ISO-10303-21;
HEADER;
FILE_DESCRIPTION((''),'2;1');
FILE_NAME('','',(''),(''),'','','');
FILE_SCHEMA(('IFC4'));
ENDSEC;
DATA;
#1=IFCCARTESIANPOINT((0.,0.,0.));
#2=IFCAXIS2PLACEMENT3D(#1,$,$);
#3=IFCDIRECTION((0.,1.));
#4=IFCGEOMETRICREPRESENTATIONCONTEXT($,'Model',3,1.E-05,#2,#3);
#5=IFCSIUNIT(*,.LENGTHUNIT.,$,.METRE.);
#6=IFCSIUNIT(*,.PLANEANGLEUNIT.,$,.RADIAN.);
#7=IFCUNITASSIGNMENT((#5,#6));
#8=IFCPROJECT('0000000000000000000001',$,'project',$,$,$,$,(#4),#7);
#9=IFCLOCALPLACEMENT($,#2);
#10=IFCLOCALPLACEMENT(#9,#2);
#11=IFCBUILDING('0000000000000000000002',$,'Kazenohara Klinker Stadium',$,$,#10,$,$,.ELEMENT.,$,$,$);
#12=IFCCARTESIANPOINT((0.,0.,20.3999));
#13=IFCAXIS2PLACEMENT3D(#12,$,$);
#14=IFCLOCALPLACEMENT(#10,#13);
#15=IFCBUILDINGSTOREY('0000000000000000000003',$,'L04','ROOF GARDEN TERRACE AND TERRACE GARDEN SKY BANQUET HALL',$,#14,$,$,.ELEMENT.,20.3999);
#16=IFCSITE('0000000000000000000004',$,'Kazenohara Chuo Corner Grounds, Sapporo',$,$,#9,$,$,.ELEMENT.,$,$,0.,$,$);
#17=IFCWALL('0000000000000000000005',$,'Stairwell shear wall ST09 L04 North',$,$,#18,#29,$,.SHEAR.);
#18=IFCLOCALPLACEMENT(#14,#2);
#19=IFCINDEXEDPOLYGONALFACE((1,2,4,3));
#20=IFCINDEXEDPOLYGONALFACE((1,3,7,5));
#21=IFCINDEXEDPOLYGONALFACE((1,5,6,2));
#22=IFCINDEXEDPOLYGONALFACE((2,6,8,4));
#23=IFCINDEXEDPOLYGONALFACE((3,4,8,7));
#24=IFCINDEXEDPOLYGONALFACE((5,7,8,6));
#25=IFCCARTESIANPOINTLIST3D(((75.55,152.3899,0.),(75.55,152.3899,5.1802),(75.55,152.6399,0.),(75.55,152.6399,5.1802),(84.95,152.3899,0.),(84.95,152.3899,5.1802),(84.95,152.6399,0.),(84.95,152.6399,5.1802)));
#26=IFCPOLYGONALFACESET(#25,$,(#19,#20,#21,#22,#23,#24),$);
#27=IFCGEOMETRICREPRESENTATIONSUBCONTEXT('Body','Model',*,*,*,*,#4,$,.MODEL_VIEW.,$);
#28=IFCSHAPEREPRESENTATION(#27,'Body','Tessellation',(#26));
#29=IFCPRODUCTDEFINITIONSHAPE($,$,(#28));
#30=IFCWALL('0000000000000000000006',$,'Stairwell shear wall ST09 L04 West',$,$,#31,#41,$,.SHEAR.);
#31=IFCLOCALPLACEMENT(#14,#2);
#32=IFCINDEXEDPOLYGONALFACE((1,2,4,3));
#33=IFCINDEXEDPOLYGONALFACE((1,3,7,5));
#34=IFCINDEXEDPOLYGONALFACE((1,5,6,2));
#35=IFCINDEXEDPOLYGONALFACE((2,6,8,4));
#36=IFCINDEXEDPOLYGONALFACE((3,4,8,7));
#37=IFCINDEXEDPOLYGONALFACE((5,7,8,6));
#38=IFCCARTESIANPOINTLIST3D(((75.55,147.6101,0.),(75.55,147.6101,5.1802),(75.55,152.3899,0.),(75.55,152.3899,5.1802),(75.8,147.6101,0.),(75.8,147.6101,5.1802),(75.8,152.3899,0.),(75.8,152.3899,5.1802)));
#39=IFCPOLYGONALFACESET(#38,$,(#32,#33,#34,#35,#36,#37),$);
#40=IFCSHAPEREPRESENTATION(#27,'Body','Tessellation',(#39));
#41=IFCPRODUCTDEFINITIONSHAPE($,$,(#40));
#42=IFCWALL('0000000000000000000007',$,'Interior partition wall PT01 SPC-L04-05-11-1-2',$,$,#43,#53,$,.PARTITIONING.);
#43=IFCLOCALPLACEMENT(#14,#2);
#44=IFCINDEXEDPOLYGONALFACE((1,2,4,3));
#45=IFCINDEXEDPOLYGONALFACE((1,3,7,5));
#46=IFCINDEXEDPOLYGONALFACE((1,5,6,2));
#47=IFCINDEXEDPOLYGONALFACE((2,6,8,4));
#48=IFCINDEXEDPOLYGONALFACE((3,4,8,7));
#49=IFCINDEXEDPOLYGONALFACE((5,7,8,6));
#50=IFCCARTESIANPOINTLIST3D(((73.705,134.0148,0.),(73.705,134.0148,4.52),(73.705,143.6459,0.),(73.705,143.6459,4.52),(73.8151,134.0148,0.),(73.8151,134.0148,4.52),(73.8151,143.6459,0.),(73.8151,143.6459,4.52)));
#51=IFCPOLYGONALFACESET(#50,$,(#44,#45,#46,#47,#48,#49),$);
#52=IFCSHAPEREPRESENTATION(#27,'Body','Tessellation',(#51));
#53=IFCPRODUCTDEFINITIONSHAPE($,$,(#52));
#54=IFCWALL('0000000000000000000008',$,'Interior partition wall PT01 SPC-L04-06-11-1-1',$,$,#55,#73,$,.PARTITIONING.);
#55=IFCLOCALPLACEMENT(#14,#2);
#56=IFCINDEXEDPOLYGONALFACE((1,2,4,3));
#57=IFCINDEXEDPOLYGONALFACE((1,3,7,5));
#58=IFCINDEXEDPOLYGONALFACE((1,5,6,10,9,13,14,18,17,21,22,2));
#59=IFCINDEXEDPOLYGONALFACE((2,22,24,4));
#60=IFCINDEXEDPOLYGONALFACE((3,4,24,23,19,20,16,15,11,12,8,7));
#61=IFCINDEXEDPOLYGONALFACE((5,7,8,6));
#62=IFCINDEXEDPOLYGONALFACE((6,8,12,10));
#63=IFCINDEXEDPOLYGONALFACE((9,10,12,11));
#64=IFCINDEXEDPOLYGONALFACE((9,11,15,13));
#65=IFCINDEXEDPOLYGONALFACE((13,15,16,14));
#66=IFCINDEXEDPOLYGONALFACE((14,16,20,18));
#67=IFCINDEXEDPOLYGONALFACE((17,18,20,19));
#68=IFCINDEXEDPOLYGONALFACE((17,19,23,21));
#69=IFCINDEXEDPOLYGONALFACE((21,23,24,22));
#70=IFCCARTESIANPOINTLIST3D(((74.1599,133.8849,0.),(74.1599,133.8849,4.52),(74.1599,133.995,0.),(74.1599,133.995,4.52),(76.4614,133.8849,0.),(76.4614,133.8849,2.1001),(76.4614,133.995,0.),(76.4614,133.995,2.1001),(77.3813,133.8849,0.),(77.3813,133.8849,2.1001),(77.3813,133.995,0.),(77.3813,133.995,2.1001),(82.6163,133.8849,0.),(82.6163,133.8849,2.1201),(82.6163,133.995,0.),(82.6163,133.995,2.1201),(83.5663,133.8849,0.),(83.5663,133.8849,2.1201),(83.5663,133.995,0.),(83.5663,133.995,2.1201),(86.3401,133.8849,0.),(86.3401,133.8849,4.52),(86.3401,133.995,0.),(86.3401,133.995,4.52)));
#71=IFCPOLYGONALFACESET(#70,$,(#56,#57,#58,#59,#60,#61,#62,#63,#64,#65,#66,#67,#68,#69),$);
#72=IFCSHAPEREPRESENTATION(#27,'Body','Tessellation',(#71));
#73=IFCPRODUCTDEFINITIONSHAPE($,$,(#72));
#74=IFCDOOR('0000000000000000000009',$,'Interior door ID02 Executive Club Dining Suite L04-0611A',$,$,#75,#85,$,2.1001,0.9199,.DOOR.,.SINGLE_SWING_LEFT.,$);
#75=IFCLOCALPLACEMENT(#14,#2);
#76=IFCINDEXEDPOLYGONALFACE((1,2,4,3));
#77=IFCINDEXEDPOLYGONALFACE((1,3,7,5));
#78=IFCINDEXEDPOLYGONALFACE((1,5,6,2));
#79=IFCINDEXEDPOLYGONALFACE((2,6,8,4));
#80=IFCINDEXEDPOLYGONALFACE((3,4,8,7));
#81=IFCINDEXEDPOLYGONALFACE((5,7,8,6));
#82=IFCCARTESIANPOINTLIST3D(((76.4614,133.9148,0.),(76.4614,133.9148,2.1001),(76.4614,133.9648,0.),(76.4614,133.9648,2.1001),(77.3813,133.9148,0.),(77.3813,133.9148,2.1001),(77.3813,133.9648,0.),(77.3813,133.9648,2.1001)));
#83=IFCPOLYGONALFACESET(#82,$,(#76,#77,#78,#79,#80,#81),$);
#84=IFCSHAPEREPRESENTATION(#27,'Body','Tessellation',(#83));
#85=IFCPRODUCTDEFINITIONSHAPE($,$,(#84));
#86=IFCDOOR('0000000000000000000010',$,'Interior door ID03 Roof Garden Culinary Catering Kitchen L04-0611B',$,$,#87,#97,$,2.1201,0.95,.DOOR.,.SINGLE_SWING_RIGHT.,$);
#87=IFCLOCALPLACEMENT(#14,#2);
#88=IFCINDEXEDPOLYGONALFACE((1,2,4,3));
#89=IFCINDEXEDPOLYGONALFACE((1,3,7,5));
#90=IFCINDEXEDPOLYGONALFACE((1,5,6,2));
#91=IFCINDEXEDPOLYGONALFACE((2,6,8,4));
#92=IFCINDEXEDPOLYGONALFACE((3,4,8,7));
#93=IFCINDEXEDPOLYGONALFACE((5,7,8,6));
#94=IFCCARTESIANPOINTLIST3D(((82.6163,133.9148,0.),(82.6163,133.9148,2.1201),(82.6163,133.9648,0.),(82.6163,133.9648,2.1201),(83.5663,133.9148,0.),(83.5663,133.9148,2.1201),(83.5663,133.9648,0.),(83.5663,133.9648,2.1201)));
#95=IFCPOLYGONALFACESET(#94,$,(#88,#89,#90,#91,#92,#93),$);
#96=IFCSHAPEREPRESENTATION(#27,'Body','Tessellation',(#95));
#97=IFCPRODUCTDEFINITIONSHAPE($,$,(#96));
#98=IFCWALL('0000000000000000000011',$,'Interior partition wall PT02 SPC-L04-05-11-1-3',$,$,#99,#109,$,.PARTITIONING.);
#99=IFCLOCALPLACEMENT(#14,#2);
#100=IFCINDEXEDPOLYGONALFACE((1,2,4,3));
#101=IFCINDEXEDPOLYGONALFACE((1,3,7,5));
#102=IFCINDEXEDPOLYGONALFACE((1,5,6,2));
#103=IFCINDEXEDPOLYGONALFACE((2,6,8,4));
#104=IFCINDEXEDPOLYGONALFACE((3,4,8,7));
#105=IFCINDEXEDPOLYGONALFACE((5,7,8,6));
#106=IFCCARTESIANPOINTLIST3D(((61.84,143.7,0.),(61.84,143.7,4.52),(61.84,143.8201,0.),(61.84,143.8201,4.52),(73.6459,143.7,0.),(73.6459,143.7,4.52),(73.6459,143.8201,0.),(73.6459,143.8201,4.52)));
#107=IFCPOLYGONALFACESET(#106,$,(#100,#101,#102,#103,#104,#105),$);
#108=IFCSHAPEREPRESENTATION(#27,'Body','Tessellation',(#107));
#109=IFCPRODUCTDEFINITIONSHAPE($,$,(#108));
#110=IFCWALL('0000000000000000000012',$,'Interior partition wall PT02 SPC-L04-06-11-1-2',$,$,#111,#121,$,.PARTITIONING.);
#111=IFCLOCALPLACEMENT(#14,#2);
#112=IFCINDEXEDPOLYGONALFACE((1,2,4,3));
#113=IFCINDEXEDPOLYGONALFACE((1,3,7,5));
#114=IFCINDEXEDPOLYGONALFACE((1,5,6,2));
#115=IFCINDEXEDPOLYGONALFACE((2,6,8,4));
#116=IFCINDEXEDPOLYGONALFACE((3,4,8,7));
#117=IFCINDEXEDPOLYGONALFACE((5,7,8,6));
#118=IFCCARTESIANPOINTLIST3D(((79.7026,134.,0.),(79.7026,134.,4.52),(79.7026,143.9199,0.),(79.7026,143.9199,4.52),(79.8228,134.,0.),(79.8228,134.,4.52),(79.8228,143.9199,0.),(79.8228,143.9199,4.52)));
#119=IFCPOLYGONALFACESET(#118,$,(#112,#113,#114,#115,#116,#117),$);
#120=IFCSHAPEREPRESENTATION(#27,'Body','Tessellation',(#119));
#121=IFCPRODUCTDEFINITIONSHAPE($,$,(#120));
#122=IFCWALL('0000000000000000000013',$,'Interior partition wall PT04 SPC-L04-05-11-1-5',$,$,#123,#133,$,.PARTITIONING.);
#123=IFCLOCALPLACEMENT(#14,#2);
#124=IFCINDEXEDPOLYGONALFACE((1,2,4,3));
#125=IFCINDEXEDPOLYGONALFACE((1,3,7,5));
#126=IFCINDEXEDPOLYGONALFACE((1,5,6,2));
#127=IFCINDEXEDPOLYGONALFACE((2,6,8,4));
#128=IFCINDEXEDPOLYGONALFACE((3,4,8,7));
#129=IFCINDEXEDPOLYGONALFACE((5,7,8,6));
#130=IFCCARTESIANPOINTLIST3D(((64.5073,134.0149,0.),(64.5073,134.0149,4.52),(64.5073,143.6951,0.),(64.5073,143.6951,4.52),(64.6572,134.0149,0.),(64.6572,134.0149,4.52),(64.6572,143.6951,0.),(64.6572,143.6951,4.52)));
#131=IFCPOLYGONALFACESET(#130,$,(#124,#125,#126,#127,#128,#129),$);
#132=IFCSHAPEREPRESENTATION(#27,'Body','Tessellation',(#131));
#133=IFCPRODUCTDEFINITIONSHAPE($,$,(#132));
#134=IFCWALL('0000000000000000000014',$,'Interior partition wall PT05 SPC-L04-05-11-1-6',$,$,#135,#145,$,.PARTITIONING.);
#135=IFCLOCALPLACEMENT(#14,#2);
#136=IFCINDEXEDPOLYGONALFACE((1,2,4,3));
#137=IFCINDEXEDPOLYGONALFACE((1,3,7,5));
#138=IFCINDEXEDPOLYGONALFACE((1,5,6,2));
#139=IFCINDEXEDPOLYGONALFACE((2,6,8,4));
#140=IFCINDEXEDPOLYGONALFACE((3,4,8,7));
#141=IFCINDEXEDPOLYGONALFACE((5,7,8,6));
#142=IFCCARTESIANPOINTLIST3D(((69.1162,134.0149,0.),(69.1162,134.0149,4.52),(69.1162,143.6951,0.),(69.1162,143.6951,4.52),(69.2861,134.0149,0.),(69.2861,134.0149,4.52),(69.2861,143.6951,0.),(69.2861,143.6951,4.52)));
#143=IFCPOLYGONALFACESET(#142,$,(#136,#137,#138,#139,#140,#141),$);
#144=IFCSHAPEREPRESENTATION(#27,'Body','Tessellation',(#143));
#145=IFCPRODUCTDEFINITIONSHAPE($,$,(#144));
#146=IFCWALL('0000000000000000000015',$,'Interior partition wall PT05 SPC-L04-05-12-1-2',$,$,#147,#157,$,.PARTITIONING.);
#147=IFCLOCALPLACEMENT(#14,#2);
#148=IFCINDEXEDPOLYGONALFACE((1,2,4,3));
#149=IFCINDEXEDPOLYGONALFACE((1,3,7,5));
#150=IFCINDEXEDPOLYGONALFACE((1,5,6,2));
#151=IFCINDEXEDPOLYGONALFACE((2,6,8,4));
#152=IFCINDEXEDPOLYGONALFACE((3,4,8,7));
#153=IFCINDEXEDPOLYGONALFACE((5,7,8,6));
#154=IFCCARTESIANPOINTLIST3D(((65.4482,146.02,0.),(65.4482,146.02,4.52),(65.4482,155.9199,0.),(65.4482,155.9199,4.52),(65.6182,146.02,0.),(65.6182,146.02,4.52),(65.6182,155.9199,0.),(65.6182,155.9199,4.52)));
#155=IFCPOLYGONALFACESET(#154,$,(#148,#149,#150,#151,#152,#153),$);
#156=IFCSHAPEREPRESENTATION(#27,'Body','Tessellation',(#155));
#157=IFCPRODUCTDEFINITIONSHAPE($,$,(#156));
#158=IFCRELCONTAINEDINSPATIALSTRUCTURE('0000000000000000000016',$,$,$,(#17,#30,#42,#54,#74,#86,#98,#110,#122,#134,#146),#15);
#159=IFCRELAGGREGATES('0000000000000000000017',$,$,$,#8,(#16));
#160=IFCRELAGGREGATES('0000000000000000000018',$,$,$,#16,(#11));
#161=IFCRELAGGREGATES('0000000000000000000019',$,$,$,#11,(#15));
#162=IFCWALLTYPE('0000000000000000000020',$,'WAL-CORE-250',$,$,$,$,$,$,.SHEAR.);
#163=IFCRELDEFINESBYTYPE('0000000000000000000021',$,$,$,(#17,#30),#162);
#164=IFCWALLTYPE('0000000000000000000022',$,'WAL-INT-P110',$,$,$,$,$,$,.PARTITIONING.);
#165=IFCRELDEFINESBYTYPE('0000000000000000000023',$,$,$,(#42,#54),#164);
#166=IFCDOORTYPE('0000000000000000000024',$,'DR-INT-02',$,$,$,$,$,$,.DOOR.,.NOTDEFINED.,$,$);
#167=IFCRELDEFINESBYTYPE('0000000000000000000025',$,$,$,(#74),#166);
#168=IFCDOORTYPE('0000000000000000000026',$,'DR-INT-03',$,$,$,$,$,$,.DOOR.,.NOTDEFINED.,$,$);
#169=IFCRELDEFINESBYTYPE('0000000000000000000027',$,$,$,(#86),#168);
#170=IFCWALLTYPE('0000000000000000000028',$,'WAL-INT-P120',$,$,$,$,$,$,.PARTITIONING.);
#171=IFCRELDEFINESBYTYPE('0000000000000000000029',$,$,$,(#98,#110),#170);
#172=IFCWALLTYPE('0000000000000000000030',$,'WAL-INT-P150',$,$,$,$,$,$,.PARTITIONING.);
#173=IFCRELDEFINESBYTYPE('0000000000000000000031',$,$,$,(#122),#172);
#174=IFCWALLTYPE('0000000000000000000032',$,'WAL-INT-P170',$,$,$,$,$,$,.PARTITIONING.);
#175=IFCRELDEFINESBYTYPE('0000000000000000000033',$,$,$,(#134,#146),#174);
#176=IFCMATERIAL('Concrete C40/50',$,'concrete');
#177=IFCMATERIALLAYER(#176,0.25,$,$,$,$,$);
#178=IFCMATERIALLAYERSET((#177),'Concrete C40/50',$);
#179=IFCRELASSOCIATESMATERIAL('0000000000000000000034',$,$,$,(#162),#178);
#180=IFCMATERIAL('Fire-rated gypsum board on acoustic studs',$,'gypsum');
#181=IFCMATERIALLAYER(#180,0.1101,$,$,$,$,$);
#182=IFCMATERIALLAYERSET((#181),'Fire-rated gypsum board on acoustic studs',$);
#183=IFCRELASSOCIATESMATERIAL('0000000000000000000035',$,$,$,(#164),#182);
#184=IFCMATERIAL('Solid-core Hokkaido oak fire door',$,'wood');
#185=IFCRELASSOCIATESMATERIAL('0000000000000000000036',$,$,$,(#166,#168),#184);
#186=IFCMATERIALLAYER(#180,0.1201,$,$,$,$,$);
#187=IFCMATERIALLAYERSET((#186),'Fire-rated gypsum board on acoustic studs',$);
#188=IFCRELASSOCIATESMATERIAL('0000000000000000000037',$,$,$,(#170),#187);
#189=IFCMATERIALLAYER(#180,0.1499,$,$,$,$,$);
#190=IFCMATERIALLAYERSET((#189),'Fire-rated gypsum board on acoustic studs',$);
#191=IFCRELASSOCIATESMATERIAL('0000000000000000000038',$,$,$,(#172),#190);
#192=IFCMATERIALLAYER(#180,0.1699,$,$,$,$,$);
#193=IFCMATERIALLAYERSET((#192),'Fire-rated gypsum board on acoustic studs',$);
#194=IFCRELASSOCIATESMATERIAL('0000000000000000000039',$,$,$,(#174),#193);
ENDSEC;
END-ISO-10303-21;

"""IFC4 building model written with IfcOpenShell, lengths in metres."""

from ifc_helpers import new_model, si_unit, direction, frame, frame_2d, origin, place, context, subcontext, project, spatial, rectangle, extrude, material, layer, layer_set, type_object, element, fill, save


model = new_model("IFC4")

# Units and contexts
model_context = context("Model", 3, precision=1e-05, world=origin(), true_north=direction((0.0, 1.0)))
body_context = subcontext(model_context, "Body", "Model", "MODEL_VIEW")
ifc_project = project(units=[si_unit("LENGTHUNIT", "METRE"), si_unit("PLANEANGLEUNIT", "RADIAN")], contexts=[model_context])

# Site, building, storey
site_placement = place(None, origin())
site = spatial("IfcSite", under=ifc_project, at=site_placement, Name="Kazenohara Chuo Corner Grounds, Sapporo", CompositionType="ELEMENT", RefElevation=0.0)
building_placement = place(site_placement, origin())
building = spatial("IfcBuilding", under=site, at=building_placement, Name="Kazenohara Klinker Stadium", CompositionType="ELEMENT")
storey_placement = place(building_placement, frame((0.0, 0.0, 20.3999)))
storey = spatial("IfcBuildingStorey", under=building, at=storey_placement, Name="L04", Description="ROOF GARDEN TERRACE AND TERRACE GARDEN SKY BANQUET HALL", CompositionType="ELEMENT", Elevation=20.3999)

# Shared definitions
ifc_material_1 = material(Name="Concrete C40/50", Category="concrete")

# Shared definitions
ifc_layer_1 = layer(ifc_material_1, 0.25)
ifc_layer_set_1 = layer_set([ifc_layer_1], Name="Concrete C40/50")
wall_type_1 = type_object("IfcWallType", Name="WAL-CORE-250", PredefinedType="SHEAR", material=ifc_layer_set_1)

# Walls
wall_1_placement = place(storey_placement, frame((75.55, 152.5149, 0.0), z_axis=(0.0, 0.0, 1.0), x_axis=(1.0, 0.0, 0.0)))
element("IfcWall", 1, at=wall_1_placement, inside=storey, type_object=wall_type_1, Name="Stairwell shear wall ST09 L04 North", PredefinedType="SHEAR", context=body_context, shape_type="SweptSolid", body=[
    extrude(rectangle(XDim=9.3999, YDim=0.25, at=frame_2d((4.7, 0.0))), origin(), (0.0, 0.0, 1.0), 5.1802),
])
wall_2_placement = place(storey_placement, frame((75.675, 147.6101, 0.0), z_axis=(0.0, 0.0, 1.0), x_axis=(0.0, 1.0, 0.0)))
element("IfcWall", 2, at=wall_2_placement, inside=storey, type_object=wall_type_1, Name="Stairwell shear wall ST09 L04 West", PredefinedType="SHEAR", context=body_context, shape_type="SweptSolid", body=[
    extrude(rectangle(XDim=4.7798, YDim=0.25, at=frame_2d((2.3899, 0.0))), origin(), (0.0, 0.0, 1.0), 5.1802),
])
ifc_material_2 = material(Name="Fire-rated gypsum board on acoustic studs", Category="gypsum")
ifc_layer_2 = layer(ifc_material_2, 0.1101)
ifc_layer_set_2 = layer_set([ifc_layer_2], Name="Fire-rated gypsum board on acoustic studs")
wall_type_2 = type_object("IfcWallType", Name="WAL-INT-P110", PredefinedType="PARTITIONING", material=ifc_layer_set_2)
wall_3_placement = place(storey_placement, frame((73.76, 134.0149, 0.0), z_axis=(0.0, 0.0, 1.0), x_axis=(0.0, 1.0, 0.0)))
element("IfcWall", 3, at=wall_3_placement, inside=storey, type_object=wall_type_2, Name="Interior partition wall PT01 SPC-L04-05-11-1-2", PredefinedType="PARTITIONING", context=body_context, shape_type="SweptSolid", body=[
    extrude(rectangle(XDim=9.6311, YDim=0.1101, at=frame_2d((4.8154, 0.0))), origin(), (0.0, 0.0, 1.0), 4.52),
])

# Wall, openings, doors
wall_4_placement = place(storey_placement, frame((74.1599, 133.9399, 0.0), z_axis=(0.0, 0.0, 1.0), x_axis=(1.0, 0.0, 0.0)))
wall_4 = element("IfcWall", 4, at=wall_4_placement, inside=storey, type_object=wall_type_2, Name="Interior partition wall PT01 SPC-L04-06-11-1-1", PredefinedType="PARTITIONING", context=body_context, shape_type="SweptSolid", body=[
    extrude(rectangle(XDim=12.1802, YDim=0.1101, at=frame_2d((6.0901, 0.0))), origin(), (0.0, 0.0, 1.0), 4.52),
])
opening_1_placement = place(wall_4_placement, frame((2.3015, 0.0, 0.0)))
opening_1 = element("IfcOpeningElement", 5, at=opening_1_placement, cuts=wall_4, PredefinedType="OPENING", context=body_context, shape_type="SweptSolid", body=[
    extrude(rectangle(XDim=0.9199, YDim=2.1001, at=frame_2d((0.46, 1.05))), frame((0.0, 0.0649, 0.0), z_axis=(0.0, -1.0, 0.0), x_axis=(1.0, 0.0, 0.0)), (0.0, 0.0, 1.0), 0.1301),
])
opening_2_placement = place(wall_4_placement, frame((8.4563, 0.0, 0.0)))
opening_2 = element("IfcOpeningElement", 6, at=opening_2_placement, cuts=wall_4, PredefinedType="OPENING", context=body_context, shape_type="SweptSolid", body=[
    extrude(rectangle(XDim=0.95, YDim=2.1201, at=frame_2d((0.4751, 1.0601))), frame((0.0, 0.0649, 0.0), z_axis=(0.0, -1.0, 0.0), x_axis=(1.0, 0.0, 0.0)), (0.0, 0.0, 1.0), 0.1301),
])
ifc_material_3 = material(Name="Solid-core Hokkaido oak fire door", Category="wood")
door_type_1 = type_object("IfcDoorType", Name="DR-INT-02", OperationType="NOTDEFINED", PredefinedType="DOOR", material=ifc_material_3)
door_1_placement = place(opening_1_placement, origin())
door_1 = element("IfcDoor", 7, at=door_1_placement, inside=storey, type_object=door_type_1, Name="Interior door ID02 Executive Club Dining Suite L04-0611A", OperationType="SINGLE_SWING_LEFT", OverallHeight=2.1001, OverallWidth=0.9199, PredefinedType="DOOR", context=body_context, shape_type="SweptSolid", body=[
    extrude(rectangle(XDim=0.9199, YDim=2.1001, at=frame_2d((0.46, 1.05))), frame((0.0, 0.0249, 0.0), z_axis=(0.0, -1.0, 0.0), x_axis=(1.0, 0.0, 0.0)), (0.0, 0.0, 1.0), 0.05),
])
fill(opening_1, door_1)
door_type_2 = type_object("IfcDoorType", Name="DR-INT-03", OperationType="NOTDEFINED", PredefinedType="DOOR", material=ifc_material_3)
door_2_placement = place(opening_2_placement, origin())
door_2 = element("IfcDoor", 8, at=door_2_placement, inside=storey, type_object=door_type_2, Name="Interior door ID03 Roof Garden Culinary Catering Kitchen L04-0611B", OperationType="SINGLE_SWING_RIGHT", OverallHeight=2.1201, OverallWidth=0.95, PredefinedType="DOOR", context=body_context, shape_type="SweptSolid", body=[
    extrude(rectangle(XDim=0.95, YDim=2.1201, at=frame_2d((0.4751, 1.0601))), frame((0.0, 0.0249, 0.0), z_axis=(0.0, -1.0, 0.0), x_axis=(1.0, 0.0, 0.0)), (0.0, 0.0, 1.0), 0.05),
])
fill(opening_2, door_2)

# Walls
ifc_layer_3 = layer(ifc_material_2, 0.1201)
ifc_layer_set_3 = layer_set([ifc_layer_3], Name="Fire-rated gypsum board on acoustic studs")
wall_type_3 = type_object("IfcWallType", Name="WAL-INT-P120", PredefinedType="PARTITIONING", material=ifc_layer_set_3)
wall_5_placement = place(storey_placement, frame((61.8401, 143.76, 0.0), z_axis=(0.0, 0.0, 1.0), x_axis=(1.0, 0.0, 0.0)))
element("IfcWall", 9, at=wall_5_placement, inside=storey, type_object=wall_type_3, Name="Interior partition wall PT02 SPC-L04-05-11-1-3", PredefinedType="PARTITIONING", context=body_context, shape_type="SweptSolid", body=[
    extrude(rectangle(XDim=11.8059, YDim=0.1201, at=frame_2d((5.9028, 0.0))), origin(), (0.0, 0.0, 1.0), 4.52),
])
wall_6_placement = place(storey_placement, frame((79.7627, 134.0, 0.0), z_axis=(0.0, 0.0, 1.0), x_axis=(0.0, 1.0, 0.0)))
element("IfcWall", 10, at=wall_6_placement, inside=storey, type_object=wall_type_3, Name="Interior partition wall PT02 SPC-L04-06-11-1-2", PredefinedType="PARTITIONING", context=body_context, shape_type="SweptSolid", body=[
    extrude(rectangle(XDim=9.9199, YDim=0.1201, at=frame_2d((4.96, 0.0))), origin(), (0.0, 0.0, 1.0), 4.52),
])
ifc_layer_4 = layer(ifc_material_2, 0.1499)
ifc_layer_set_4 = layer_set([ifc_layer_4], Name="Fire-rated gypsum board on acoustic studs")
wall_type_4 = type_object("IfcWallType", Name="WAL-INT-P150", PredefinedType="PARTITIONING", material=ifc_layer_set_4)
wall_7_placement = place(storey_placement, frame((64.5823, 134.0149, 0.0), z_axis=(0.0, 0.0, 1.0), x_axis=(0.0, 1.0, 0.0)))
element("IfcWall", 11, at=wall_7_placement, inside=storey, type_object=wall_type_4, Name="Interior partition wall PT04 SPC-L04-05-11-1-5", PredefinedType="PARTITIONING", context=body_context, shape_type="SweptSolid", body=[
    extrude(rectangle(XDim=9.6802, YDim=0.1499, at=frame_2d((4.8401, 0.0))), origin(), (0.0, 0.0, 1.0), 4.52),
])
ifc_layer_5 = layer(ifc_material_2, 0.1699)
ifc_layer_set_5 = layer_set([ifc_layer_5], Name="Fire-rated gypsum board on acoustic studs")
wall_type_5 = type_object("IfcWallType", Name="WAL-INT-P170", PredefinedType="PARTITIONING", material=ifc_layer_set_5)
wall_8_placement = place(storey_placement, frame((69.2012, 134.0149, 0.0), z_axis=(0.0, 0.0, 1.0), x_axis=(0.0, 1.0, 0.0)))
element("IfcWall", 12, at=wall_8_placement, inside=storey, type_object=wall_type_5, Name="Interior partition wall PT05 SPC-L04-05-11-1-6", PredefinedType="PARTITIONING", context=body_context, shape_type="SweptSolid", body=[
    extrude(rectangle(XDim=9.6802, YDim=0.1699, at=frame_2d((4.8401, 0.0))), origin(), (0.0, 0.0, 1.0), 4.52),
])
wall_9_placement = place(storey_placement, frame((65.5332, 146.02, 0.0), z_axis=(0.0, 0.0, 1.0), x_axis=(0.0, 1.0, 0.0)))
element("IfcWall", 13, at=wall_9_placement, inside=storey, type_object=wall_type_5, Name="Interior partition wall PT05 SPC-L04-05-12-1-2", PredefinedType="PARTITIONING", context=body_context, shape_type="SweptSolid", body=[
    extrude(rectangle(XDim=9.8999, YDim=0.1699, at=frame_2d((4.95, 0.0))), origin(), (0.0, 0.0, 1.0), 4.52),
])

save(model, "model.ifc")
